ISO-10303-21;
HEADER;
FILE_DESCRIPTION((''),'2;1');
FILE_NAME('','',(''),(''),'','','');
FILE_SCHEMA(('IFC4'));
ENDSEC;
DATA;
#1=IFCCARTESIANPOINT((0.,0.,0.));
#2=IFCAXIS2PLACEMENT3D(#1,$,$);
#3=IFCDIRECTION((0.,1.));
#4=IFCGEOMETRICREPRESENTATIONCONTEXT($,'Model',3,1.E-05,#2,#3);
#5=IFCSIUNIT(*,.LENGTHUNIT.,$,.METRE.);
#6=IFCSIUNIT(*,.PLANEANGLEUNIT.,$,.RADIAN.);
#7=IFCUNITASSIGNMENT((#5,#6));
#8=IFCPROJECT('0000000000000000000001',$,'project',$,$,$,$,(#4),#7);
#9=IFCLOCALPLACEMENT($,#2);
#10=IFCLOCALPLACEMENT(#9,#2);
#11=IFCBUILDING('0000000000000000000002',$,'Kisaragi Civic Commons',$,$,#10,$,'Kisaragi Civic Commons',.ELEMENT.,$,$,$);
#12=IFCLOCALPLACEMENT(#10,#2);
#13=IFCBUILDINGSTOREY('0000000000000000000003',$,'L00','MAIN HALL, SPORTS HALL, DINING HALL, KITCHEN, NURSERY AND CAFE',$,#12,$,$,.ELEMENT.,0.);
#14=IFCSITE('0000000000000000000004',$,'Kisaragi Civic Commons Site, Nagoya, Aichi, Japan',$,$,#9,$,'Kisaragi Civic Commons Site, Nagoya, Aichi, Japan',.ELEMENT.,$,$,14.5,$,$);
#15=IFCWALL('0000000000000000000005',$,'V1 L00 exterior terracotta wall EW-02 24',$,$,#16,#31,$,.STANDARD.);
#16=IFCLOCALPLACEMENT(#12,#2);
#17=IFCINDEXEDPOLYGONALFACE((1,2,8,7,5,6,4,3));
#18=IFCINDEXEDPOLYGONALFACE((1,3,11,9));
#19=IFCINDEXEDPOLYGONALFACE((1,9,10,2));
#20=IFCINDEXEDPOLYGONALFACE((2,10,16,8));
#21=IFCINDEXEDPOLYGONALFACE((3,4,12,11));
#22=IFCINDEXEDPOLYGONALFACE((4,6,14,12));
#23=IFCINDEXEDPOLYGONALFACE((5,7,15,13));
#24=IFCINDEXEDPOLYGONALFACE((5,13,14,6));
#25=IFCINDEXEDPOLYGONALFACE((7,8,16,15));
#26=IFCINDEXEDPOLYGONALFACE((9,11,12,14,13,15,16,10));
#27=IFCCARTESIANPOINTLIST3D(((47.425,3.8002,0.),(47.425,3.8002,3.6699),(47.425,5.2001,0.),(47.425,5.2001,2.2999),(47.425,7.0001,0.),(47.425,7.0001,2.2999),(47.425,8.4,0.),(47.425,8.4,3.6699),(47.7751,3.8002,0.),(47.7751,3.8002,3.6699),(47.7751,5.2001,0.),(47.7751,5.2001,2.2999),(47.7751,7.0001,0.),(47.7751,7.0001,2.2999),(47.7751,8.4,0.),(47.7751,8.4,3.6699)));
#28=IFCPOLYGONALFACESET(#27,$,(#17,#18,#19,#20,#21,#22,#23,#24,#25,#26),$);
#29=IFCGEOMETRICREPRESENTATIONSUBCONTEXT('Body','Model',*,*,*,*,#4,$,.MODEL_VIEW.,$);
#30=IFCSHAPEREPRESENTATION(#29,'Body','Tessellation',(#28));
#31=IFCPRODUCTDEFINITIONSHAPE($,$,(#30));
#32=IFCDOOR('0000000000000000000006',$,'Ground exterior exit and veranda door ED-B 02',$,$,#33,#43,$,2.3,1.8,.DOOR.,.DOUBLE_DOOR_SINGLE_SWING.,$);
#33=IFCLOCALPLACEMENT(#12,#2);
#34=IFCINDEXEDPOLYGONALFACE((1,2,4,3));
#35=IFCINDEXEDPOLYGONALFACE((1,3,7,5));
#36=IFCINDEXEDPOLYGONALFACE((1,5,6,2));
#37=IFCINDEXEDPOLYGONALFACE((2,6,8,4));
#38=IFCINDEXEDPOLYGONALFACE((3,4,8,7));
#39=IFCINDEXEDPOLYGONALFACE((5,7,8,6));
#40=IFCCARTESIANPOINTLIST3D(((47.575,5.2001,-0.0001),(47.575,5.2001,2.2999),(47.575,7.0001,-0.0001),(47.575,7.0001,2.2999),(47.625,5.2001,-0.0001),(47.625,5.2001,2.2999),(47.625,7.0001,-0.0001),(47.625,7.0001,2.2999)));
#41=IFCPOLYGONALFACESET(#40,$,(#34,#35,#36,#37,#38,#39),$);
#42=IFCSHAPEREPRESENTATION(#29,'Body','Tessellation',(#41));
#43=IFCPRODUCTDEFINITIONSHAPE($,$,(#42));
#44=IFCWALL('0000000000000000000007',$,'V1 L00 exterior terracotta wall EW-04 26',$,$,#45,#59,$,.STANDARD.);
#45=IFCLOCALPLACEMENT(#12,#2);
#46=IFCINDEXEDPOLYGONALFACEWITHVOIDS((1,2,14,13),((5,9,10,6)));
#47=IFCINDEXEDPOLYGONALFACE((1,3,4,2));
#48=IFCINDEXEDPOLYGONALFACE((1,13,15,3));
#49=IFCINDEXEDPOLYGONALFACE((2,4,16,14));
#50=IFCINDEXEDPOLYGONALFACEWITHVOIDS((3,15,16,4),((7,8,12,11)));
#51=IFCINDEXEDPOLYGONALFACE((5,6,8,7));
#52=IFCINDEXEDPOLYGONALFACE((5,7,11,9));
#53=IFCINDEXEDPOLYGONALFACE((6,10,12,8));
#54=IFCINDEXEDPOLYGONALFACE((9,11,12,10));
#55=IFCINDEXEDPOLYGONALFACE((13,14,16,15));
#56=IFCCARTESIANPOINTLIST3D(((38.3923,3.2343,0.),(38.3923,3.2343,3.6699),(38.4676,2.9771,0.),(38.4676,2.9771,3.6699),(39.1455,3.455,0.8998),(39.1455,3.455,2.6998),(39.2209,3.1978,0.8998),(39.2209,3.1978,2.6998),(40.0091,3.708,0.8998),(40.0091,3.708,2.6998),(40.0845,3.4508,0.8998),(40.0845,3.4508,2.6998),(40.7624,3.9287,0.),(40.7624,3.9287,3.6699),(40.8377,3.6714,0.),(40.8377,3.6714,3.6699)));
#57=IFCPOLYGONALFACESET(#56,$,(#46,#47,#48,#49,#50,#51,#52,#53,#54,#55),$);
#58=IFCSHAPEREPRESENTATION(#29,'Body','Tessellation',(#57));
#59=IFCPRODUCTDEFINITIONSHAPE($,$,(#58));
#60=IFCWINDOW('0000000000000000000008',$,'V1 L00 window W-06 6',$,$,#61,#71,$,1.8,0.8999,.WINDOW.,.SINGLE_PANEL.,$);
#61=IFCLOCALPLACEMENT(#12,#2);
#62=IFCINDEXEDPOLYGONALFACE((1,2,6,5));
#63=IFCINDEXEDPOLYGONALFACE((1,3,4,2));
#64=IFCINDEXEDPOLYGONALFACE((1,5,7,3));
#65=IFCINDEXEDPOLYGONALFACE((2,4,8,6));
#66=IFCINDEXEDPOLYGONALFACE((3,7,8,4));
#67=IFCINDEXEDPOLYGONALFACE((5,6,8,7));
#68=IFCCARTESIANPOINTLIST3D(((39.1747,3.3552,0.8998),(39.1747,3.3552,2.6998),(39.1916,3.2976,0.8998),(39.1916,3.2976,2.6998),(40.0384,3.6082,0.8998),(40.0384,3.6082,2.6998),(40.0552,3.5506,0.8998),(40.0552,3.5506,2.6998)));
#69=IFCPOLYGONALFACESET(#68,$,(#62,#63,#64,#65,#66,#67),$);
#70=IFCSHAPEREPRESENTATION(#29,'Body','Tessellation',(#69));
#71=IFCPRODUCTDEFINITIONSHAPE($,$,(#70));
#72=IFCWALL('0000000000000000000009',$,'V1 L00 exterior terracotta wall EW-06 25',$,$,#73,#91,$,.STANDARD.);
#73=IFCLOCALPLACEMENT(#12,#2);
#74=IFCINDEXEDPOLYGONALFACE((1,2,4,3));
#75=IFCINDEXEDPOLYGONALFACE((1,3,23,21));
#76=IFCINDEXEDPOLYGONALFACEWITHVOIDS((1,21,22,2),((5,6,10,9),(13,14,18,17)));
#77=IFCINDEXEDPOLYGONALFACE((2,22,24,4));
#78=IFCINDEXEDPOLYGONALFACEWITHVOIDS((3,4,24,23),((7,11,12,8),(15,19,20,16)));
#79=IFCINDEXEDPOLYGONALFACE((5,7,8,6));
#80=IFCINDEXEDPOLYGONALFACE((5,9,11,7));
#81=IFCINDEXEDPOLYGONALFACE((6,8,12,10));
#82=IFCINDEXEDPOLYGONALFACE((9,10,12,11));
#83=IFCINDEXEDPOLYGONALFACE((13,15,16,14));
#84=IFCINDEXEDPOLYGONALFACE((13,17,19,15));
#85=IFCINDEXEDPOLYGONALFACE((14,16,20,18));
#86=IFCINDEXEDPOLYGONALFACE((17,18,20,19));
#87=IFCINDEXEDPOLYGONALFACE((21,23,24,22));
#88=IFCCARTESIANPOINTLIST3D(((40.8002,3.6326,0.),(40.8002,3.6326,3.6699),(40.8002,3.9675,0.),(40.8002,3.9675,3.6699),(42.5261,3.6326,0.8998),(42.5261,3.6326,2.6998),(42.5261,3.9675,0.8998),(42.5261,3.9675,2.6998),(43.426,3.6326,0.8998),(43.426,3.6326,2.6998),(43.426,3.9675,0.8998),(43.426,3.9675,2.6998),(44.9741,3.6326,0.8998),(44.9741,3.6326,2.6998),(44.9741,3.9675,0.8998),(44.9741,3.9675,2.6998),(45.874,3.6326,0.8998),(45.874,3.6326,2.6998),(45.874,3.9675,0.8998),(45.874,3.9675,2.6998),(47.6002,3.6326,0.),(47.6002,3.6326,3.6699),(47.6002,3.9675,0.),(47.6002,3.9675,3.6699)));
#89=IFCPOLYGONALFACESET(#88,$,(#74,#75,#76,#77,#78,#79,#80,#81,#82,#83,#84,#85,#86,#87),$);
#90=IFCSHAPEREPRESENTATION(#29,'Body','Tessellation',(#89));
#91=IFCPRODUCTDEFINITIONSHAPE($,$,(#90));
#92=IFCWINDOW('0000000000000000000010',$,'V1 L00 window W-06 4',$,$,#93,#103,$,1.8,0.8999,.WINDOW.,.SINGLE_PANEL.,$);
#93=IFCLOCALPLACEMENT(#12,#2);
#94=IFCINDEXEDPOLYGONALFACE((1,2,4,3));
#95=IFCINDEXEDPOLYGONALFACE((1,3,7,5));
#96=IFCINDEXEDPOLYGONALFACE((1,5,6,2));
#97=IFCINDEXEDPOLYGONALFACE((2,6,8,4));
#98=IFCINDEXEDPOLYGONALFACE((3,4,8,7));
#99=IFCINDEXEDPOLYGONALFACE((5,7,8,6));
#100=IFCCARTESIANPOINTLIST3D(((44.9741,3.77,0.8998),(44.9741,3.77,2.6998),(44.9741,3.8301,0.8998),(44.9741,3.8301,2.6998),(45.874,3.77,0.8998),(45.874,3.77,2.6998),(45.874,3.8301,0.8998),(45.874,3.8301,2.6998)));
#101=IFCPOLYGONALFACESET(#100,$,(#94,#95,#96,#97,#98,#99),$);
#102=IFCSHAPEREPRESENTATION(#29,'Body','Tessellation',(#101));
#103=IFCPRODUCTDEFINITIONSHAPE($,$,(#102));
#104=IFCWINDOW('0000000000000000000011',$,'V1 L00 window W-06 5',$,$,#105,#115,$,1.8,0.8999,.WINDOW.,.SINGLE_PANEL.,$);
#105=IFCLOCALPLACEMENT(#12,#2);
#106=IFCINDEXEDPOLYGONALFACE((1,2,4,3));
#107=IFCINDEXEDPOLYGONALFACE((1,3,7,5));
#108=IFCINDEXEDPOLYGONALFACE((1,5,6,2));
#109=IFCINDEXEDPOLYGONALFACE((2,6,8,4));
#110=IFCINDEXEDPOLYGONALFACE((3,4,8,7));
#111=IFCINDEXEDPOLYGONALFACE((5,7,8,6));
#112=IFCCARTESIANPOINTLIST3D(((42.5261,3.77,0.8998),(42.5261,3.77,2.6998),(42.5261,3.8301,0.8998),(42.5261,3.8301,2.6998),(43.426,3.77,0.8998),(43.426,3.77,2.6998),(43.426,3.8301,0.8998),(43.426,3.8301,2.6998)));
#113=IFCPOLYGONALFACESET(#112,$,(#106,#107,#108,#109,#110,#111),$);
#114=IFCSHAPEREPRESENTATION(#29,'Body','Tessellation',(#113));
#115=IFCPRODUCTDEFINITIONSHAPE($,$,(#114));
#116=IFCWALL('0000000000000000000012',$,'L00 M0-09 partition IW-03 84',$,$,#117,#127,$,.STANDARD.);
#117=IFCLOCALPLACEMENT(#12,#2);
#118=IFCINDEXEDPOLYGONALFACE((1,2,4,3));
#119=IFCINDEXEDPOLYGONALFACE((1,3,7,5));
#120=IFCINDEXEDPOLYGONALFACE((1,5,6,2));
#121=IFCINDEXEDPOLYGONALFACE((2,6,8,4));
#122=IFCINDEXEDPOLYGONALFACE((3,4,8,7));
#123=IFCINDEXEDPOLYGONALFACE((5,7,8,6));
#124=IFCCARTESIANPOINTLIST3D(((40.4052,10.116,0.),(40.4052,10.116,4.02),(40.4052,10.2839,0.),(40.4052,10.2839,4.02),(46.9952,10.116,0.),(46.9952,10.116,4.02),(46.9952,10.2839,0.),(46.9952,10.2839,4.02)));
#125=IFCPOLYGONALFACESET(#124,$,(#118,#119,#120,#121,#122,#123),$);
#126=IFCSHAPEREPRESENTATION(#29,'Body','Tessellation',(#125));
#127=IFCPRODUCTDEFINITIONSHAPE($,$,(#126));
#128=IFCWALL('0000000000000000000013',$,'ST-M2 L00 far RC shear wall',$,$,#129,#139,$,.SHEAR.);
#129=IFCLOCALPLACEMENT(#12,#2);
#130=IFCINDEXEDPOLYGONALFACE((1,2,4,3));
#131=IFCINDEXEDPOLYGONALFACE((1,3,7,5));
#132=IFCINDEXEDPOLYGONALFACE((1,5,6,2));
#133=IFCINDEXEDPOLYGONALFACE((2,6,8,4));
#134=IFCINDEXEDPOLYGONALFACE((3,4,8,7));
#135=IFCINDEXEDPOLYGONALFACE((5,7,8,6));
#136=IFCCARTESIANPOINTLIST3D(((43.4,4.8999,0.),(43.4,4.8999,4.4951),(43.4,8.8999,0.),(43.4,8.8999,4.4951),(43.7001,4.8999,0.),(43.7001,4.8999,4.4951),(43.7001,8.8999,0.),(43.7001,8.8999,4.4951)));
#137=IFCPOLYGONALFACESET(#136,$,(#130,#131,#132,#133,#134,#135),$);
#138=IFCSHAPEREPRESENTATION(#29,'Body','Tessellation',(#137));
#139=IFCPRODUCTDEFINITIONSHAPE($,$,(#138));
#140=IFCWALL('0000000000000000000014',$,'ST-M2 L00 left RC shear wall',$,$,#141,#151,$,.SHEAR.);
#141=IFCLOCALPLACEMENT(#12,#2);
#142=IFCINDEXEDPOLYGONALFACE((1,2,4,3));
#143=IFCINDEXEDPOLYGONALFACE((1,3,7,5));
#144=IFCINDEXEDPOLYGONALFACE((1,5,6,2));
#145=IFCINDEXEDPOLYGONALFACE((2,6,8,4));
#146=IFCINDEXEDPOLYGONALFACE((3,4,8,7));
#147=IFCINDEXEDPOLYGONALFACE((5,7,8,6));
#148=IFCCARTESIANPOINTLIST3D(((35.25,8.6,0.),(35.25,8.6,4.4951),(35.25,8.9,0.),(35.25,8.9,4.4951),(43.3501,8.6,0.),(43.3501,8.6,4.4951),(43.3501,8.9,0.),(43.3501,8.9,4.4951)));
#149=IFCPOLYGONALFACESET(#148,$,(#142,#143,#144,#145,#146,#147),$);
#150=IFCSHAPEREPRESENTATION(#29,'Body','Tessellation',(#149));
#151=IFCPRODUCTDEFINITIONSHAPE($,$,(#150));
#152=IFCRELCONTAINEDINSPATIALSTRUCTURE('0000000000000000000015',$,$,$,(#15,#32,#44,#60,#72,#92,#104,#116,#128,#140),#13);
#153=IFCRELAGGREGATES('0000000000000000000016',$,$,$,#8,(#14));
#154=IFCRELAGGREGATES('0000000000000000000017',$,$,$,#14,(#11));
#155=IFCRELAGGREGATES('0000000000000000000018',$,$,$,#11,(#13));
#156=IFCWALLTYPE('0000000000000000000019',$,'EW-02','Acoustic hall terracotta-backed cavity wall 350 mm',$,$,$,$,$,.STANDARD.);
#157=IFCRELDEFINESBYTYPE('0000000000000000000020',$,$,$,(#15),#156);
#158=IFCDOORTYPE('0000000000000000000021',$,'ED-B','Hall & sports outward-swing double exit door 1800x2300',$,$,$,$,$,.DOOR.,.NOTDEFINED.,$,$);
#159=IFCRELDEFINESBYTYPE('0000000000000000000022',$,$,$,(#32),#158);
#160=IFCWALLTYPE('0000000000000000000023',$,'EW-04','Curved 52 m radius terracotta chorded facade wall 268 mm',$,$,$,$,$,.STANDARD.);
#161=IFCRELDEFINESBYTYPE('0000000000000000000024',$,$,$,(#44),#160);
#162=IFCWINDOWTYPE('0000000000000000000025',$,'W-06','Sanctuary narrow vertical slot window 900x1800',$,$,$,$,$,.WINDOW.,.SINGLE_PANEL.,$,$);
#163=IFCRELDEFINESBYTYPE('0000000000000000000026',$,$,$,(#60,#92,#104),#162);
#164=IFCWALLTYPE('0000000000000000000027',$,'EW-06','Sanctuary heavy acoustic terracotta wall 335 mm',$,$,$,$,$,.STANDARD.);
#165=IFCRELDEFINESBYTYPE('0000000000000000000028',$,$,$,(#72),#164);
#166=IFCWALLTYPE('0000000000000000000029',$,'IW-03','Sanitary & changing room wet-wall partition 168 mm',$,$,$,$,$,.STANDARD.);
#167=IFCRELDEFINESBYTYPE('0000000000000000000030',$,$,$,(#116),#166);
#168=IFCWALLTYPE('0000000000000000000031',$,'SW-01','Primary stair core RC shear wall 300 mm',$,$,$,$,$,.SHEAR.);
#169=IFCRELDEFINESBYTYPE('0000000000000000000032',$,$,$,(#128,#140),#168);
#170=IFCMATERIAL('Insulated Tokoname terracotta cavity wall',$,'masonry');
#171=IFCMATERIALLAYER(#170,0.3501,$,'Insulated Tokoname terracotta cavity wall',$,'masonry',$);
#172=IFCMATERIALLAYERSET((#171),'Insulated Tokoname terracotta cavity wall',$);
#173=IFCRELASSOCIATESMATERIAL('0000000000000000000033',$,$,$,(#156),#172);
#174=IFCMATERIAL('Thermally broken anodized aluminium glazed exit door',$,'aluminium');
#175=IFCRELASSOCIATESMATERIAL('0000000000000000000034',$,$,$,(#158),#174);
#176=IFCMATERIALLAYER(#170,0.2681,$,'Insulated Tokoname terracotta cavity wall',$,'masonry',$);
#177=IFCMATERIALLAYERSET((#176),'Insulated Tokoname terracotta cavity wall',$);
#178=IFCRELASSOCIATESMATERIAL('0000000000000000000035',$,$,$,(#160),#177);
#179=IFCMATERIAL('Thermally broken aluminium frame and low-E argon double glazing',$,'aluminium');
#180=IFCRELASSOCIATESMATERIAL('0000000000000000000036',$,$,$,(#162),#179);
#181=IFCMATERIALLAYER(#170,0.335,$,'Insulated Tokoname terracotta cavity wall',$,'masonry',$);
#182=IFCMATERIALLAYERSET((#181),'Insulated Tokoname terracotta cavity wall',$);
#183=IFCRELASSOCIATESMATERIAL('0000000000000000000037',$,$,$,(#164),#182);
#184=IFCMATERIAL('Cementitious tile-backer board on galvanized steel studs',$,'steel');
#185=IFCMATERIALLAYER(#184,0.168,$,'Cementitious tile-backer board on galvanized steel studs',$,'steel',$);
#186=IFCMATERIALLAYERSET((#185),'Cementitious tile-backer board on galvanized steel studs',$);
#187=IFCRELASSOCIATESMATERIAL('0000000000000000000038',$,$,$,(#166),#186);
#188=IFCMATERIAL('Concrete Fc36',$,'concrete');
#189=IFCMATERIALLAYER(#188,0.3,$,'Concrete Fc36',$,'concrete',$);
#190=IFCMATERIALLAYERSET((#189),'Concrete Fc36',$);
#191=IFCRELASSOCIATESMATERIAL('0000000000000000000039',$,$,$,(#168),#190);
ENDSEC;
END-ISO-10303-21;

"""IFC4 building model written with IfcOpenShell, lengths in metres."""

from ifc_helpers import new_model, si_unit, direction, frame, frame_2d, origin, place, context, subcontext, project, spatial, rectangle, extrude, material, layer, layer_set, type_object, element, fill, save


model = new_model("IFC4")

# Units and contexts
model_context = context("Model", 3, precision=1e-05, world=origin(), true_north=direction((0.0, 1.0)))
body_context = subcontext(model_context, "Body", "Model", "MODEL_VIEW")
ifc_project = project(units=[si_unit("LENGTHUNIT", "METRE"), si_unit("PLANEANGLEUNIT", "RADIAN")], contexts=[model_context])

# Site, building, storey
site_placement = place(None, origin())
site = spatial("IfcSite", under=ifc_project, at=site_placement, Name="Kisaragi Civic Commons Site, Nagoya, Aichi, Japan", LongName="Kisaragi Civic Commons Site, Nagoya, Aichi, Japan", CompositionType="ELEMENT", RefElevation=14.5)
building_placement = place(site_placement, origin())
building = spatial("IfcBuilding", under=site, at=building_placement, Name="Kisaragi Civic Commons", LongName="Kisaragi Civic Commons", CompositionType="ELEMENT")
storey_placement = place(building_placement, origin())
storey = spatial("IfcBuildingStorey", under=building, at=storey_placement, Name="L00", Description="MAIN HALL, SPORTS HALL, DINING HALL, KITCHEN, NURSERY AND CAFE", CompositionType="ELEMENT", Elevation=0.0)

# Shared definitions
ifc_material_1 = material(Name="Concrete Fc36", Category="concrete")

# Wall, opening, door
ifc_material_2 = material(Name="Insulated Tokoname terracotta cavity wall", Category="masonry")
ifc_layer_1 = layer(ifc_material_2, 0.3501, Name="Insulated Tokoname terracotta cavity wall", Category="masonry")
ifc_layer_set_1 = layer_set([ifc_layer_1], Name="Insulated Tokoname terracotta cavity wall")
wall_type_1 = type_object("IfcWallType", Name="EW-02", Description="Acoustic hall terracotta-backed cavity wall 350 mm", PredefinedType="STANDARD", material=ifc_layer_set_1)
wall_1_placement = place(storey_placement, frame((47.6001, 8.3999, 0.0), z_axis=(0.0, 0.0, 1.0), x_axis=(0.0, -1.0, 0.0)))
wall_1 = element("IfcWall", 1, at=wall_1_placement, inside=storey, type_object=wall_type_1, Name="V1 L00 exterior terracotta wall EW-02 24", PredefinedType="STANDARD", context=body_context, shape_type="SweptSolid", body=[
    extrude(rectangle(XDim=4.5999, YDim=0.3501, at=frame_2d((2.2998, 0.0))), origin(), (0.0, 0.0, 1.0), 3.6699),
])
opening_1_placement = place(wall_1_placement, frame((1.3999, 0.0, 0.0)))
opening_1 = element("IfcOpeningElement", 2, at=opening_1_placement, cuts=wall_1, PredefinedType="OPENING", context=body_context, shape_type="SweptSolid", body=[
    extrude(rectangle(XDim=1.8, YDim=2.3, at=frame_2d((0.8999, 1.1499))), frame((0.0, 0.1851, 0.0), z_axis=(0.0, -1.0, 0.0), x_axis=(1.0, 0.0, 0.0)), (0.0, 0.0, 1.0), 0.3701),
])
ifc_material_3 = material(Name="Thermally broken anodized aluminium glazed exit door", Category="aluminium")
door_type = type_object("IfcDoorType", Name="ED-B", Description="Hall & sports outward-swing double exit door 1800x2300", OperationType="NOTDEFINED", PredefinedType="DOOR", material=ifc_material_3)
door_placement = place(opening_1_placement, origin())
door = element("IfcDoor", 3, at=door_placement, inside=storey, type_object=door_type, Name="Ground exterior exit and veranda door ED-B 02", OperationType="DOUBLE_DOOR_SINGLE_SWING", OverallHeight=2.3, OverallWidth=1.8, PredefinedType="DOOR", context=body_context, shape_type="SweptSolid", body=[
    extrude(rectangle(XDim=1.8, YDim=2.3, at=frame_2d((0.8999, 1.1499))), frame((0.0, 0.0249, 0.0), z_axis=(0.0, -1.0, 0.0), x_axis=(1.0, 0.0, 0.0)), (0.0, 0.0, 1.0), 0.05),
])
fill(opening_1, door)

# Wall, opening, window
ifc_layer_2 = layer(ifc_material_2, 0.2681, Name="Insulated Tokoname terracotta cavity wall", Category="masonry")
ifc_layer_set_2 = layer_set([ifc_layer_2], Name="Insulated Tokoname terracotta cavity wall")
wall_type_2 = type_object("IfcWallType", Name="EW-04", Description="Curved 52 m radius terracotta chorded facade wall 268 mm", PredefinedType="STANDARD", material=ifc_layer_set_2)
wall_2_placement = place(storey_placement, frame((40.8, 3.8, 0.0), z_axis=(0.0, 0.0, 1.0), x_axis=(-0.959667, -0.281139, 0.0)))
wall_2 = element("IfcWall", 4, at=wall_2_placement, inside=storey, type_object=wall_type_2, Name="V1 L00 exterior terracotta wall EW-04 26", PredefinedType="STANDARD", context=body_context, shape_type="SweptSolid", body=[
    extrude(rectangle(XDim=2.4697, YDim=0.2681, at=frame_2d((1.2349, 0.0))), origin(), (0.0, 0.0, 1.0), 3.6699),
])
opening_2_placement = place(wall_2_placement, frame((0.7849, 0.0, 0.8999)))
opening_2 = element("IfcOpeningElement", 5, at=opening_2_placement, cuts=wall_2, PredefinedType="OPENING", context=body_context, shape_type="SweptSolid", body=[
    extrude(rectangle(XDim=0.8999, YDim=1.8, at=frame_2d((0.45, 0.8999))), frame((0.0, 0.144, 0.0), z_axis=(0.0, -1.0, 0.0), x_axis=(1.0, 0.0, 0.0)), (0.0, 0.0, 1.0), 0.2881),
])
ifc_material_4 = material(Name="Thermally broken aluminium frame and low-E argon double glazing", Category="aluminium")
window_type = type_object("IfcWindowType", Name="W-06", Description="Sanctuary narrow vertical slot window 900x1800", PartitioningType="SINGLE_PANEL", PredefinedType="WINDOW", material=ifc_material_4)
window_1_placement = place(opening_2_placement, origin())
window_1 = element("IfcWindow", 6, at=window_1_placement, inside=storey, type_object=window_type, Name="V1 L00 window W-06 6", OverallHeight=1.8, OverallWidth=0.8999, PartitioningType="SINGLE_PANEL", PredefinedType="WINDOW", context=body_context, shape_type="SweptSolid", body=[
    extrude(rectangle(XDim=0.8999, YDim=1.8, at=frame_2d((0.45, 0.8999))), frame((0.0, 0.03, 0.0), z_axis=(0.0, -1.0, 0.0), x_axis=(1.0, 0.0, 0.0)), (0.0, 0.0, 1.0), 0.0601),
])
fill(opening_2, window_1)

# Wall, openings, windows
ifc_layer_3 = layer(ifc_material_2, 0.335, Name="Insulated Tokoname terracotta cavity wall", Category="masonry")
ifc_layer_set_3 = layer_set([ifc_layer_3], Name="Insulated Tokoname terracotta cavity wall")
wall_type_3 = type_object("IfcWallType", Name="EW-06", Description="Sanctuary heavy acoustic terracotta wall 335 mm", PredefinedType="STANDARD", material=ifc_layer_set_3)
wall_3_placement = place(storey_placement, frame((47.6001, 3.8, 0.0), z_axis=(0.0, 0.0, 1.0), x_axis=(-1.0, 0.0, 0.0)))
wall_3 = element("IfcWall", 7, at=wall_3_placement, inside=storey, type_object=wall_type_3, Name="V1 L00 exterior terracotta wall EW-06 25", PredefinedType="STANDARD", context=body_context, shape_type="SweptSolid", body=[
    extrude(rectangle(XDim=6.8, YDim=0.335, at=frame_2d((3.3999, 0.0))), origin(), (0.0, 0.0, 1.0), 3.6699),
])
opening_3_placement = place(wall_3_placement, frame((1.7261, 0.0, 0.8999)))
opening_3 = element("IfcOpeningElement", 8, at=opening_3_placement, cuts=wall_3, PredefinedType="OPENING", context=body_context, shape_type="SweptSolid", body=[
    extrude(rectangle(XDim=0.8999, YDim=1.8, at=frame_2d((0.45, 0.8999))), frame((0.0, 0.1775, 0.0), z_axis=(0.0, -1.0, 0.0), x_axis=(1.0, 0.0, 0.0)), (0.0, 0.0, 1.0), 0.355),
])
opening_4_placement = place(wall_3_placement, frame((4.1741, 0.0, 0.8999)))
opening_4 = element("IfcOpeningElement", 9, at=opening_4_placement, cuts=wall_3, PredefinedType="OPENING", context=body_context, shape_type="SweptSolid", body=[
    extrude(rectangle(XDim=0.8999, YDim=1.8, at=frame_2d((0.45, 0.8999))), frame((0.0, 0.1775, 0.0), z_axis=(0.0, -1.0, 0.0), x_axis=(1.0, 0.0, 0.0)), (0.0, 0.0, 1.0), 0.355),
])
window_2_placement = place(opening_3_placement, origin())
window_2 = element("IfcWindow", 10, at=window_2_placement, inside=storey, type_object=window_type, Name="V1 L00 window W-06 4", OverallHeight=1.8, OverallWidth=0.8999, PartitioningType="SINGLE_PANEL", PredefinedType="WINDOW", context=body_context, shape_type="SweptSolid", body=[
    extrude(rectangle(XDim=0.8999, YDim=1.8, at=frame_2d((0.45, 0.8999))), frame((0.0, 0.03, 0.0), z_axis=(0.0, -1.0, 0.0), x_axis=(1.0, 0.0, 0.0)), (0.0, 0.0, 1.0), 0.0601),
])
fill(opening_3, window_2)
window_3_placement = place(opening_4_placement, origin())
window_3 = element("IfcWindow", 11, at=window_3_placement, inside=storey, type_object=window_type, Name="V1 L00 window W-06 5", OverallHeight=1.8, OverallWidth=0.8999, PartitioningType="SINGLE_PANEL", PredefinedType="WINDOW", context=body_context, shape_type="SweptSolid", body=[
    extrude(rectangle(XDim=0.8999, YDim=1.8, at=frame_2d((0.45, 0.8999))), frame((0.0, 0.03, 0.0), z_axis=(0.0, -1.0, 0.0), x_axis=(1.0, 0.0, 0.0)), (0.0, 0.0, 1.0), 0.0601),
])
fill(opening_4, window_3)

# Walls
ifc_material_5 = material(Name="Cementitious tile-backer board on galvanized steel studs", Category="steel")
ifc_layer_4 = layer(ifc_material_5, 0.168, Name="Cementitious tile-backer board on galvanized steel studs", Category="steel")
ifc_layer_set_4 = layer_set([ifc_layer_4], Name="Cementitious tile-backer board on galvanized steel studs")
wall_type_4 = type_object("IfcWallType", Name="IW-03", Description="Sanitary & changing room wet-wall partition 168 mm", PredefinedType="STANDARD", material=ifc_layer_set_4)
wall_4_placement = place(storey_placement, frame((46.9951, 10.2, 0.0), z_axis=(0.0, 0.0, 1.0), x_axis=(-1.0, 0.0, 0.0)))
element("IfcWall", 12, at=wall_4_placement, inside=storey, type_object=wall_type_4, Name="L00 M0-09 partition IW-03 84", PredefinedType="STANDARD", context=body_context, shape_type="SweptSolid", body=[
    extrude(rectangle(XDim=6.5901, YDim=0.168, at=frame_2d((3.2949, 0.0))), origin(), (0.0, 0.0, 1.0), 4.02),
])
ifc_layer_5 = layer(ifc_material_1, 0.3, Name="Concrete Fc36", Category="concrete")
ifc_layer_set_5 = layer_set([ifc_layer_5], Name="Concrete Fc36")
wall_type_5 = type_object("IfcWallType", Name="SW-01", Description="Primary stair core RC shear wall 300 mm", PredefinedType="SHEAR", material=ifc_layer_set_5)
wall_5_placement = place(storey_placement, frame((43.55, 4.8999, 0.0), z_axis=(0.0, 0.0, 1.0), x_axis=(0.0, 1.0, 0.0)))
element("IfcWall", 13, at=wall_5_placement, inside=storey, type_object=wall_type_5, Name="ST-M2 L00 far RC shear wall", PredefinedType="SHEAR", context=body_context, shape_type="SweptSolid", body=[
    extrude(rectangle(XDim=4.0, YDim=0.3, at=frame_2d((2.0, 0.0))), origin(), (0.0, 0.0, 1.0), 4.4951),
])
wall_6_placement = place(storey_placement, frame((43.3501, 8.75, 0.0), z_axis=(0.0, 0.0, 1.0), x_axis=(-1.0, 0.0, 0.0)))
element("IfcWall", 14, at=wall_6_placement, inside=storey, type_object=wall_type_5, Name="ST-M2 L00 left RC shear wall", PredefinedType="SHEAR", context=body_context, shape_type="SweptSolid", body=[
    extrude(rectangle(XDim=8.1001, YDim=0.3, at=frame_2d((4.05, 0.0))), origin(), (0.0, 0.0, 1.0), 4.4951),
])

save(model, "model.ifc")
